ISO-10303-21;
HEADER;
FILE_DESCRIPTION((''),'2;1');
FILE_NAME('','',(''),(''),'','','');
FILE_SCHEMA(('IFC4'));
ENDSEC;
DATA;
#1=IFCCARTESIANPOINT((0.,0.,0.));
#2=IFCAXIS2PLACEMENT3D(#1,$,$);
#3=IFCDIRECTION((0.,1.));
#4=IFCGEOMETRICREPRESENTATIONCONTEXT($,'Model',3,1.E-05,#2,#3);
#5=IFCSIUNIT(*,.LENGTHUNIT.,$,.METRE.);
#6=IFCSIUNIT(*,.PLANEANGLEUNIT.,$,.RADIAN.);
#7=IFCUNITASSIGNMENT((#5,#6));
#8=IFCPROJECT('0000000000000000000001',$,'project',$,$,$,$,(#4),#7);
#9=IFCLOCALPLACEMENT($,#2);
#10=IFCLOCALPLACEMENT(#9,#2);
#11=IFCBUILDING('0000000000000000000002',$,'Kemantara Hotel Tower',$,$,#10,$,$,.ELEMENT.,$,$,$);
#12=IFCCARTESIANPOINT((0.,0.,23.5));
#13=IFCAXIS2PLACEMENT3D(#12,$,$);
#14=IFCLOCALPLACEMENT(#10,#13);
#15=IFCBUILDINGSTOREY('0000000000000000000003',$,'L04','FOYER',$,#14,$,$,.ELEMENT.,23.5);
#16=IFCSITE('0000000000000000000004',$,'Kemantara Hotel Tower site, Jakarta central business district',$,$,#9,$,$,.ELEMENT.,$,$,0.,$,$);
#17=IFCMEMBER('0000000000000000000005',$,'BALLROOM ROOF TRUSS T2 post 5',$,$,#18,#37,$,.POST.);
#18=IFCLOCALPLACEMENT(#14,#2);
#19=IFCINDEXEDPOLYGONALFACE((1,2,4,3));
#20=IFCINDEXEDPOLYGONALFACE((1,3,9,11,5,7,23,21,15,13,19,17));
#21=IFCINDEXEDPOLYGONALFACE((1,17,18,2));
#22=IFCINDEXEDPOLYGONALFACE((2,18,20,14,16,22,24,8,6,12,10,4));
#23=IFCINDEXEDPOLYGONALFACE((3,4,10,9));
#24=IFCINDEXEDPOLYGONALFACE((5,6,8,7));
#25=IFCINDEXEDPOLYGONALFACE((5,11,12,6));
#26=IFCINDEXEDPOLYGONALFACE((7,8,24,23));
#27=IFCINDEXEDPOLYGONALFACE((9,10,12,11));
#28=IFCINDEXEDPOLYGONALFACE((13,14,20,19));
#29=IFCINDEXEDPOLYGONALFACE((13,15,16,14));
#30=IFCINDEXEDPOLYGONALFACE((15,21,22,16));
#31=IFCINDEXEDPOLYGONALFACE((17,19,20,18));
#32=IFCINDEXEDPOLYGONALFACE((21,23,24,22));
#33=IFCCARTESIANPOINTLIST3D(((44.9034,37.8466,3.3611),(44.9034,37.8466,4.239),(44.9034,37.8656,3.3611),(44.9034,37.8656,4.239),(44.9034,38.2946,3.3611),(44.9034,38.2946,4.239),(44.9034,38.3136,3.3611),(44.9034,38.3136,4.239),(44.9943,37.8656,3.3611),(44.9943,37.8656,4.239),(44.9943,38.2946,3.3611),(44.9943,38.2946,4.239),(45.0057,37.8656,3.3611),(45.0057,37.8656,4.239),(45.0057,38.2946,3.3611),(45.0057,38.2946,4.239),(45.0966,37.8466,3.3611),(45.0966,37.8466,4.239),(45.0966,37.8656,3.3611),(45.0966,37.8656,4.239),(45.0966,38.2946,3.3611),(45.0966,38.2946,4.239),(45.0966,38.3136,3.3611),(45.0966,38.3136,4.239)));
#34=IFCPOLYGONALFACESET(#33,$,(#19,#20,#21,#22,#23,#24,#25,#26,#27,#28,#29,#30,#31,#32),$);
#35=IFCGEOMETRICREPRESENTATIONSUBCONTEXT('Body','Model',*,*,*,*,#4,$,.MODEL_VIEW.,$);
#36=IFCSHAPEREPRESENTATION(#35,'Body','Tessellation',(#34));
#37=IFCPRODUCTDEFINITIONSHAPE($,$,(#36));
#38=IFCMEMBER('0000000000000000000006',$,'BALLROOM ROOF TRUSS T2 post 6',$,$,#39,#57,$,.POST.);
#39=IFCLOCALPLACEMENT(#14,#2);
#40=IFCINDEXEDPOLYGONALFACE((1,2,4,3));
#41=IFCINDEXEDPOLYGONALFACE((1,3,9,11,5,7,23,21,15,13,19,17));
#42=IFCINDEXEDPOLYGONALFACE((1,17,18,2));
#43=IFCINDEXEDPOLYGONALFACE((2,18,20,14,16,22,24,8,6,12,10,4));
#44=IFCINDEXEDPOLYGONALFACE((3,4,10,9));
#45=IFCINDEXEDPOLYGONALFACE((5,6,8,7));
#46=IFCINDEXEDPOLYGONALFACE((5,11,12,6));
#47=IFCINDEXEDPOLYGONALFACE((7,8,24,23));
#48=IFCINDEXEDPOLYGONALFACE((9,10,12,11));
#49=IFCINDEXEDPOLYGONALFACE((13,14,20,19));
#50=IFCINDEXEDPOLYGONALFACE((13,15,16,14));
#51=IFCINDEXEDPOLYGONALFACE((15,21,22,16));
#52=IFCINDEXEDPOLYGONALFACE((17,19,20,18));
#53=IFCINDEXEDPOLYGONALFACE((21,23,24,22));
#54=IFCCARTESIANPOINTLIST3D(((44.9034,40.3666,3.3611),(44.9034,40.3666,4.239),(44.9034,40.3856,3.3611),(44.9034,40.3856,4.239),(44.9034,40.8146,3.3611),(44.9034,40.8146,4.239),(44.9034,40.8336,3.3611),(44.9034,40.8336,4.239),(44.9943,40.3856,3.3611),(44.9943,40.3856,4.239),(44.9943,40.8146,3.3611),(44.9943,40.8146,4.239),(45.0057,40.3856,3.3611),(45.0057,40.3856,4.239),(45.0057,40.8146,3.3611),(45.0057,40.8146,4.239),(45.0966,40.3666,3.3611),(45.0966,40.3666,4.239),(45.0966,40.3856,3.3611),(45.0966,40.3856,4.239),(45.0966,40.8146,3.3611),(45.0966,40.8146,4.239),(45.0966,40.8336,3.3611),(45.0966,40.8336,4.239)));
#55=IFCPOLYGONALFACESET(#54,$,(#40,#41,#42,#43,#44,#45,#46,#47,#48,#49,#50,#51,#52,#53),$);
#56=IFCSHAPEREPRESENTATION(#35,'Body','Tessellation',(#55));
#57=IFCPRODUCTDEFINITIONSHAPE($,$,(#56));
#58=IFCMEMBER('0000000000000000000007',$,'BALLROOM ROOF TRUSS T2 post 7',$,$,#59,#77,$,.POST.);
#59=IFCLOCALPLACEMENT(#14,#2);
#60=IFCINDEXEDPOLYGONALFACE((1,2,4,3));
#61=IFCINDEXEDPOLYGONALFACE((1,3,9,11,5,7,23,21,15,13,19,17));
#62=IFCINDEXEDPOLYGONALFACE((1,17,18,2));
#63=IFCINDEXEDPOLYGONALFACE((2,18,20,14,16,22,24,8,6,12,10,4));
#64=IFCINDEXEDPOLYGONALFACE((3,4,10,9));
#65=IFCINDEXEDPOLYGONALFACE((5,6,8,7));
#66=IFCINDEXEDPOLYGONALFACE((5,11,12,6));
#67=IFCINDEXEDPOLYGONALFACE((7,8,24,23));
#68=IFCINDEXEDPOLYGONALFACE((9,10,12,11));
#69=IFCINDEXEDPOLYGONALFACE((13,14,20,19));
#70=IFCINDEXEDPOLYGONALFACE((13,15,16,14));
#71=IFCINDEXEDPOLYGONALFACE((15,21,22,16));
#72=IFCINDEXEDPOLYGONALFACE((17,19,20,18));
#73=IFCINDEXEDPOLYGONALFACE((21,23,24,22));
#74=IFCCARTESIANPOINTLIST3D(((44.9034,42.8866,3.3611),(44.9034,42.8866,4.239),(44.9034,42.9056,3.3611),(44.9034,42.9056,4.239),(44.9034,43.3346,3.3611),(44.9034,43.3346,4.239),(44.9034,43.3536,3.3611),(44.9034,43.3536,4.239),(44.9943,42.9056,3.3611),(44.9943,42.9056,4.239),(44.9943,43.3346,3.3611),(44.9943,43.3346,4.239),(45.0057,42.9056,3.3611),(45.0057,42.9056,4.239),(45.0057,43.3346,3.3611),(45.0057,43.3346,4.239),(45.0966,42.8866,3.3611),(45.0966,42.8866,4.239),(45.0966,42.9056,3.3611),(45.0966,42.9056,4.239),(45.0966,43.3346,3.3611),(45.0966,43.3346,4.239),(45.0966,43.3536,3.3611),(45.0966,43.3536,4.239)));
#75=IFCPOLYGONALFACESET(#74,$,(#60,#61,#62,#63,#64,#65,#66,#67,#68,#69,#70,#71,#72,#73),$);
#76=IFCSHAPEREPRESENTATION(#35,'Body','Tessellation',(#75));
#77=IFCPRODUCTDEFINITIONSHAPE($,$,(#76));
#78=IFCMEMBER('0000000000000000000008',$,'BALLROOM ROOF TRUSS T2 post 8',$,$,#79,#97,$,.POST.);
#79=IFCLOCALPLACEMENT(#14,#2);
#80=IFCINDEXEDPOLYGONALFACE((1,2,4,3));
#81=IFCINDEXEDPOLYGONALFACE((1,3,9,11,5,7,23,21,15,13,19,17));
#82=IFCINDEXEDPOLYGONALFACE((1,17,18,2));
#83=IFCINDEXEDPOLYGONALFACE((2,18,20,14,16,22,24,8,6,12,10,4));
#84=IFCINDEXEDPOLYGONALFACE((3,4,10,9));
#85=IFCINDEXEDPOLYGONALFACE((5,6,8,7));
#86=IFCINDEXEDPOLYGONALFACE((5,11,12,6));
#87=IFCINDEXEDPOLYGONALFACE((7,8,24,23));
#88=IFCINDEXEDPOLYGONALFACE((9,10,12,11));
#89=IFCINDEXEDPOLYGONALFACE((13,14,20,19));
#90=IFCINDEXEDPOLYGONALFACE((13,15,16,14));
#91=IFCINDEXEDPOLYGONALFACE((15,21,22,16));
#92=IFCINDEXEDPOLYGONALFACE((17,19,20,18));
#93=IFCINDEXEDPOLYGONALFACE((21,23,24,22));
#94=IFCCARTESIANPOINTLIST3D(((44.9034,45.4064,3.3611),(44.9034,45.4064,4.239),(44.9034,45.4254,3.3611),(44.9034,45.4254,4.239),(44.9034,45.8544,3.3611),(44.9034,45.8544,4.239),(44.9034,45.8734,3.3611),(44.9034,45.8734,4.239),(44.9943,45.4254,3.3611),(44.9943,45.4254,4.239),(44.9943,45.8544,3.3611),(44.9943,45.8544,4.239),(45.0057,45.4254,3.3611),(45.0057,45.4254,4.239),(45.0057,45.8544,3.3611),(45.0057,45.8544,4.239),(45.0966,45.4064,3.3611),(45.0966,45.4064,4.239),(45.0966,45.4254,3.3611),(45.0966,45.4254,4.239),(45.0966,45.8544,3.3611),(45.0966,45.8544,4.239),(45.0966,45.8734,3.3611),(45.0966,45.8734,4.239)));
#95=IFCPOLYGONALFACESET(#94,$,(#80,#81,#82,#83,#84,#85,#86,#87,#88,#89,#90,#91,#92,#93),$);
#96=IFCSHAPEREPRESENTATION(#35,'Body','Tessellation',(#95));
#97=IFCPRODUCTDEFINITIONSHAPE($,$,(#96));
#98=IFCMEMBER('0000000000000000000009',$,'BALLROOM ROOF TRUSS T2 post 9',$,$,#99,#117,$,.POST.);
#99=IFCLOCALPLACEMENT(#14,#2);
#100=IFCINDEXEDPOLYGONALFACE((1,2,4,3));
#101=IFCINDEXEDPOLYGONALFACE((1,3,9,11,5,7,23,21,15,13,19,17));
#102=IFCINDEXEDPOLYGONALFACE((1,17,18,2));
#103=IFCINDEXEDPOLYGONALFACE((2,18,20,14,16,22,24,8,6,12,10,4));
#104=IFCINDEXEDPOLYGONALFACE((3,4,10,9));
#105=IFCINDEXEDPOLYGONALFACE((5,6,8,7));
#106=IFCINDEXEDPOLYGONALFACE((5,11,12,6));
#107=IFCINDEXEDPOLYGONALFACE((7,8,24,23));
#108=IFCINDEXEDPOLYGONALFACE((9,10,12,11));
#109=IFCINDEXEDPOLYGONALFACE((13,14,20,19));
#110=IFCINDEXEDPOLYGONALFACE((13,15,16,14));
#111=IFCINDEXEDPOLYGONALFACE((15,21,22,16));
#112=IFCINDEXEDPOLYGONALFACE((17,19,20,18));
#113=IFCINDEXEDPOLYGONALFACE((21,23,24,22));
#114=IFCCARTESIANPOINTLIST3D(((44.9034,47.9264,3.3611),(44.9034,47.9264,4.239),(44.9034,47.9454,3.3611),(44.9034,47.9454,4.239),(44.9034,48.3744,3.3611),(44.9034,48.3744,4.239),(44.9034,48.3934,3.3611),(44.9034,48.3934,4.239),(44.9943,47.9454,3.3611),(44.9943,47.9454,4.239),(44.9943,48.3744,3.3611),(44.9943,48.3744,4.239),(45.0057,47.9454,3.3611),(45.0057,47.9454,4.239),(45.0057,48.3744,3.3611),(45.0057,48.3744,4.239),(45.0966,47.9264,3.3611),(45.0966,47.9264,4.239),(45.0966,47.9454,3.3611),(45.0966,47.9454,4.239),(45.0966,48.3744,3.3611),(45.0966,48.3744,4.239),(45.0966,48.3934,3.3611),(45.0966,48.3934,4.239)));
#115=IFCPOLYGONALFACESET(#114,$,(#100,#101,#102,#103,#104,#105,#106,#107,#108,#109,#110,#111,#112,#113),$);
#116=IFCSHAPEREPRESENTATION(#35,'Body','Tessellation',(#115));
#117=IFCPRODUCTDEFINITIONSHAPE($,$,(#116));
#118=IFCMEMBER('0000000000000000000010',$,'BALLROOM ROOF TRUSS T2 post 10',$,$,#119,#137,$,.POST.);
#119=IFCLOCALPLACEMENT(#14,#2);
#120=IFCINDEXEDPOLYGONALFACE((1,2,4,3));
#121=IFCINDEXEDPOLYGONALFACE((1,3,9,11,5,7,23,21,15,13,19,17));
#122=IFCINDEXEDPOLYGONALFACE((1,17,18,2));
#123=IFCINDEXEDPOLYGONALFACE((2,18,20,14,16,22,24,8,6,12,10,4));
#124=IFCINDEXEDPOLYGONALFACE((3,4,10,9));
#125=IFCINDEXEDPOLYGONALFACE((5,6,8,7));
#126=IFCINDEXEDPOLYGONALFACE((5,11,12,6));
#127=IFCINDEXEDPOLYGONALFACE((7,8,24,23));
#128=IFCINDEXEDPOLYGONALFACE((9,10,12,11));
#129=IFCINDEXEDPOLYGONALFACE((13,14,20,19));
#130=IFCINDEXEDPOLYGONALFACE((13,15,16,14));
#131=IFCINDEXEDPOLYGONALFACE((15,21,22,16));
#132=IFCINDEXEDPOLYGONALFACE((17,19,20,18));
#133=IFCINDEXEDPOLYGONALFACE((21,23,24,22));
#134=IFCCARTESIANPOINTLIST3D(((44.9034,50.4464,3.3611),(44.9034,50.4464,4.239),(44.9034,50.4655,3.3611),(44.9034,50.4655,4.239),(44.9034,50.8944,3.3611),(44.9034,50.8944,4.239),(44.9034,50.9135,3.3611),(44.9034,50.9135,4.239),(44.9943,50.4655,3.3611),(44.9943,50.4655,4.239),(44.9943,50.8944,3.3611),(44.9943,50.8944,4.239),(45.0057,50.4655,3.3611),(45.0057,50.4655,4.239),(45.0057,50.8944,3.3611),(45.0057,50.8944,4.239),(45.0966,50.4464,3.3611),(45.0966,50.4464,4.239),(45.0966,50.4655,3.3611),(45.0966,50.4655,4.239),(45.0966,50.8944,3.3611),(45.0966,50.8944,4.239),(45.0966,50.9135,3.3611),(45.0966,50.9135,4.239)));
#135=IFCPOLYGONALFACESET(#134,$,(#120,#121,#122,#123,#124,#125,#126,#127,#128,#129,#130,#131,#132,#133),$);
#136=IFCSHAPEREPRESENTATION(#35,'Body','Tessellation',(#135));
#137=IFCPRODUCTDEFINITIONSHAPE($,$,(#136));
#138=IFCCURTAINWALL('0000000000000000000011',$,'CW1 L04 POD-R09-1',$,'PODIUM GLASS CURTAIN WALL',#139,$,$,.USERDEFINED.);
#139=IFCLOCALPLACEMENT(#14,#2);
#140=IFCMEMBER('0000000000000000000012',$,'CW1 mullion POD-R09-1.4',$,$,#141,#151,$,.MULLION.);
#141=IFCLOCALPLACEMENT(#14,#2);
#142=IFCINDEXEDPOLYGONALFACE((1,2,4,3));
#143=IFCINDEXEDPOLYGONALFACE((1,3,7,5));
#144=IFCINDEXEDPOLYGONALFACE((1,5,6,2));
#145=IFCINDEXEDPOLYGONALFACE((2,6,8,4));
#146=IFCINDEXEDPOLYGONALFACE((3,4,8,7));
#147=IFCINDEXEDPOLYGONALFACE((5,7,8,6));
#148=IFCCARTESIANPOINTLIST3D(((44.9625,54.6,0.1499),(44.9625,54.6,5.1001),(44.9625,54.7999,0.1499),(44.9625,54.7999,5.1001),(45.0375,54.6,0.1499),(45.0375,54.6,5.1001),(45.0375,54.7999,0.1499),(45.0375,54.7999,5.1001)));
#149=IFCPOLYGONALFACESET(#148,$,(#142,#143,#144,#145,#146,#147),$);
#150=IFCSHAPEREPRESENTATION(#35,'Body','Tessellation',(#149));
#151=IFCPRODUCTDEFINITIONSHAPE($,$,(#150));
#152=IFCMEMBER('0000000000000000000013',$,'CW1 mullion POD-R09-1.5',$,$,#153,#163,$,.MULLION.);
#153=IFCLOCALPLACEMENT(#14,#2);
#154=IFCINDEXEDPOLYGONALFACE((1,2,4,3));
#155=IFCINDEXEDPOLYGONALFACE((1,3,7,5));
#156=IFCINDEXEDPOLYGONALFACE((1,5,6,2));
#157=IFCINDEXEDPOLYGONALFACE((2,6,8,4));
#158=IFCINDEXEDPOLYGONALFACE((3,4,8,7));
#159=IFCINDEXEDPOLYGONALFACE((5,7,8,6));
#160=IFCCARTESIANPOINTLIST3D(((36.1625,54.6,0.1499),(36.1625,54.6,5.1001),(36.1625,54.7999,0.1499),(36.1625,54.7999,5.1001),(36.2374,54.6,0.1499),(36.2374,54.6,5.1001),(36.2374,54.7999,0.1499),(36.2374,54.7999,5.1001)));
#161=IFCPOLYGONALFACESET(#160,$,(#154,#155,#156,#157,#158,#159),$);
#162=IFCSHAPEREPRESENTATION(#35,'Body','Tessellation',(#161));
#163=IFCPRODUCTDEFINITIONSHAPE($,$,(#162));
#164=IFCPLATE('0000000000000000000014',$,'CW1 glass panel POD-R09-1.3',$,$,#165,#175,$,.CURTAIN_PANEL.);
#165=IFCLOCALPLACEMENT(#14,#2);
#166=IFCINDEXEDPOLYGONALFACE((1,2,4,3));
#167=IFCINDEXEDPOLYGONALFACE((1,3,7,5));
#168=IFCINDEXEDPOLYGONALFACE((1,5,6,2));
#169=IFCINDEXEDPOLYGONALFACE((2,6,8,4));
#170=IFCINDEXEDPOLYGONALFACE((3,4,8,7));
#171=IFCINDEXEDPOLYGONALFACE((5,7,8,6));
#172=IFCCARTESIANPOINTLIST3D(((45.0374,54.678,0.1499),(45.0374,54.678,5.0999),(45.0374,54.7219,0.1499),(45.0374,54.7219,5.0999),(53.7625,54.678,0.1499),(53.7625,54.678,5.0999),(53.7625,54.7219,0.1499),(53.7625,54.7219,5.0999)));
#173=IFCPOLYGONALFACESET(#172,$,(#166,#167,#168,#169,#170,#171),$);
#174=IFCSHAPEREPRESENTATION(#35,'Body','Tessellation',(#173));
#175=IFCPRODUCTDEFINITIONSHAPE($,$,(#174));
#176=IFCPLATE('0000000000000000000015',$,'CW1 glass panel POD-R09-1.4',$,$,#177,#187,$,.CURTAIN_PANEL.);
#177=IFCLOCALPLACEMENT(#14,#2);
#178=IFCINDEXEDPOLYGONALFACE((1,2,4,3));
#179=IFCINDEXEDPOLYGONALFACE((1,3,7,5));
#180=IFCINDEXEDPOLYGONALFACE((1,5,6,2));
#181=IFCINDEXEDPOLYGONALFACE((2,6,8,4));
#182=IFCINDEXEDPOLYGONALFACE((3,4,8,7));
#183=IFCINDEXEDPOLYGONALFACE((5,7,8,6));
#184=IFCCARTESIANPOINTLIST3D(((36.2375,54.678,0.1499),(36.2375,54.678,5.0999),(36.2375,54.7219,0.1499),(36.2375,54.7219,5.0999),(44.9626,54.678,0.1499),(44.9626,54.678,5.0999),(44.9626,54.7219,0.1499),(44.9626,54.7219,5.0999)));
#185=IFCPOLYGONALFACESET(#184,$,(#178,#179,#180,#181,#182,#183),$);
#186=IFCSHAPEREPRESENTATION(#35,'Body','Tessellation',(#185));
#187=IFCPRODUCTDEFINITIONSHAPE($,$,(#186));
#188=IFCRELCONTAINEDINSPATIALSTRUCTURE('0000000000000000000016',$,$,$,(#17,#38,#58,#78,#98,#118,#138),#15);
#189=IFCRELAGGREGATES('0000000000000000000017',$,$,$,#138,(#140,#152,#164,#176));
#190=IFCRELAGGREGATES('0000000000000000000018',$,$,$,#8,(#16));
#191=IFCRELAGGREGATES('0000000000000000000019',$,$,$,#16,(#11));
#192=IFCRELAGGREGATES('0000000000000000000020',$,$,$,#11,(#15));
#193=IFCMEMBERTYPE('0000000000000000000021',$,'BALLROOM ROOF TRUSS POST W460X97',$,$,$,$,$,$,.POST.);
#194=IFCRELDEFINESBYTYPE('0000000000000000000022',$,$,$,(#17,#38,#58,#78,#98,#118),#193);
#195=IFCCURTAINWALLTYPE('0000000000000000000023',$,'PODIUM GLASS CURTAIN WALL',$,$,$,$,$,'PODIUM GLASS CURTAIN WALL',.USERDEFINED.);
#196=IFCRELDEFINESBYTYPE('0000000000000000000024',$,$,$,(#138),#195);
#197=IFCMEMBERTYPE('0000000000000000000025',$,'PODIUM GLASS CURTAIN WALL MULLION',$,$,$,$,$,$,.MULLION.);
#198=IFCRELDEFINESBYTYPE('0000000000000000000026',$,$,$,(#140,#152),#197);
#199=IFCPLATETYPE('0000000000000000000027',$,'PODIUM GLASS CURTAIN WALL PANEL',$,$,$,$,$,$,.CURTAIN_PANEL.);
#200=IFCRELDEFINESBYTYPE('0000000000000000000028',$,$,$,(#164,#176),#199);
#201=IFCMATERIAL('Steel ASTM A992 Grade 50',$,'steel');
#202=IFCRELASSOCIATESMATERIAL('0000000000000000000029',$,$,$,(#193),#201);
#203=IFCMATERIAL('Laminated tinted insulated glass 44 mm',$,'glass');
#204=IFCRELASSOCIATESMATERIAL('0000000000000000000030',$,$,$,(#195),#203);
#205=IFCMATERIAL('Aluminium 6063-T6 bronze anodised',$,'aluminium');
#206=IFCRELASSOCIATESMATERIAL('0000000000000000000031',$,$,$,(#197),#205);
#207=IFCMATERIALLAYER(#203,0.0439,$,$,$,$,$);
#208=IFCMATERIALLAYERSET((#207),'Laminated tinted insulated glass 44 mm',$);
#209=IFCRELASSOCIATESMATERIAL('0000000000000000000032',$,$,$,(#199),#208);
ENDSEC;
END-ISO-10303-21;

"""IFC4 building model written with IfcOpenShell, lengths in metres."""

from ifc_helpers import new_model, si_unit, direction, frame, origin, origin_2d, place, context, subcontext, project, spatial, rectangle, i_section, extrude, source, transform, mapped, material, layer, layer_set, material_profile, profile_set, type_object, element, aggregate, save


model = new_model("IFC4")

# Units and contexts
model_context = context("Model", 3, precision=1e-05, world=origin(), true_north=direction((0.0, 1.0)))
body_context = subcontext(model_context, "Body", "Model", "MODEL_VIEW")
ifc_project = project(units=[si_unit("LENGTHUNIT", "METRE"), si_unit("PLANEANGLEUNIT", "RADIAN")], contexts=[model_context])

# Site, building, storey
site_placement = place(None, origin())
site = spatial("IfcSite", under=ifc_project, at=site_placement, Name="Kemantara Hotel Tower site, Jakarta central business district", CompositionType="ELEMENT", RefElevation=0.0)
building_placement = place(site_placement, origin())
building = spatial("IfcBuilding", under=site, at=building_placement, Name="Kemantara Hotel Tower", CompositionType="ELEMENT")
storey_placement = place(building_placement, frame((0.0, 0.0, 23.5)))
storey = spatial("IfcBuildingStorey", under=building, at=storey_placement, Name="L04", Description="FOYER", CompositionType="ELEMENT", Elevation=23.5)

# Members
ifc_material_1 = material(Name="Steel ASTM A992 Grade 50", Category="steel")
ifc_material_profile_1 = material_profile(ifc_material_1, i_section(OverallWidth=0.1931, OverallDepth=0.467, WebThickness=0.0115, FlangeThickness=0.019, at=origin_2d()), Name="W460X97")
ifc_profile_set_1 = profile_set([ifc_material_profile_1], Name="Steel ASTM A992 Grade 50")
member_type_1 = type_object("IfcMemberType", Name="BALLROOM ROOF TRUSS POST W460X97", PredefinedType="POST", material=ifc_profile_set_1)
for number, where, z_axis, x_axis, name in (
    (1, (45.0, 38.0801, 3.3611), (0.0, 0.0, 1.0), (1.0, 0.0, 0.0), "BALLROOM ROOF TRUSS T2 post 5"),
    (2, (45.0, 40.6001, 3.3611), (0.0, 0.0, 1.0), (1.0, 0.0, 0.0), "BALLROOM ROOF TRUSS T2 post 6"),
    (3, (45.0, 43.1201, 3.3611), (0.0, 0.0, 1.0), (1.0, 0.0, 0.0), "BALLROOM ROOF TRUSS T2 post 7"),
    (4, (45.0, 45.6399, 3.3611), (0.0, 0.0, 1.0), (1.0, 0.0, 0.0), "BALLROOM ROOF TRUSS T2 post 8"),
    (5, (45.0, 48.1599, 3.3611), (0.0, 0.0, 1.0), (1.0, 0.0, 0.0), "BALLROOM ROOF TRUSS T2 post 9"),
    (6, (45.0, 50.6799, 3.3611), (0.0, 0.0, 1.0), (1.0, 0.0, 0.0), "BALLROOM ROOF TRUSS T2 post 10"),
):
    element("IfcMember", number, at=place(storey_placement, frame(where, z_axis=z_axis, x_axis=x_axis)), inside=storey, type_object=member_type_1, Name=name, PredefinedType="POST", context=body_context, shape_type="SweptSolid", body=[
        extrude(i_section(OverallWidth=0.1931, OverallDepth=0.467, WebThickness=0.0115, FlangeThickness=0.019, at=origin_2d()), origin(), (0.0, 0.0, 1.0), 0.8779),
    ])

# Curtain wall, members, plates
ifc_material_2 = material(Name="Laminated tinted insulated glass 44 mm", Category="glass")
curtain_wall_type = type_object("IfcCurtainWallType", Name="PODIUM GLASS CURTAIN WALL", ElementType="PODIUM GLASS CURTAIN WALL", PredefinedType="USERDEFINED", material=ifc_material_2)
curtain_wall_placement = place(storey_placement, origin())
curtain_wall = element("IfcCurtainWall", 7, at=curtain_wall_placement, inside=storey, type_object=curtain_wall_type, Name="CW1 L04 POD-R09-1", ObjectType="PODIUM GLASS CURTAIN WALL", PredefinedType="USERDEFINED")
ifc_material_3 = material(Name="Aluminium 6063-T6 bronze anodised", Category="aluminium")
ifc_material_profile_2 = material_profile(ifc_material_3, rectangle(XDim=0.2, YDim=0.075, at=origin_2d()), Name="PODIUM GLASS CURTAIN WALL MULLION")
ifc_profile_set_2 = profile_set([ifc_material_profile_2], Name="Aluminium 6063-T6 bronze anodised")
member_type_2 = type_object("IfcMemberType", Name="PODIUM GLASS CURTAIN WALL MULLION", PredefinedType="MULLION", material=ifc_profile_set_2)
shared_shape_1 = source(origin(), body_context, "Body", "SweptSolid", [
    extrude(rectangle(XDim=0.2, YDim=0.075, at=origin_2d()), origin(), (0.0, 0.0, 1.0), 4.9502),
])
member_1_placement = place(storey_placement, frame((45.0, 54.7, 0.1499), z_axis=(0.0, 0.0, 1.0), x_axis=(0.0, -1.0, 0.0)))
member_1 = element("IfcMember", 8, at=member_1_placement, type_object=member_type_2, Name="CW1 mullion POD-R09-1.4", PredefinedType="MULLION", context=body_context, shape_type="MappedRepresentation", body=[
    mapped(shared_shape_1, transform((0.0, 0.0, 0.0))),
])
member_2_placement = place(storey_placement, frame((36.2, 54.7, 0.1499), z_axis=(0.0, 0.0, 1.0), x_axis=(0.0, -1.0, 0.0)))
member_2 = element("IfcMember", 9, at=member_2_placement, type_object=member_type_2, Name="CW1 mullion POD-R09-1.5", PredefinedType="MULLION", context=body_context, shape_type="MappedRepresentation", body=[
    mapped(shared_shape_1, transform((0.0, 0.0, 0.0))),
])
ifc_layer_1 = layer(ifc_material_2, 0.0439)
ifc_layer_set_1 = layer_set([ifc_layer_1], Name="Laminated tinted insulated glass 44 mm")
plate_type = type_object("IfcPlateType", Name="PODIUM GLASS CURTAIN WALL PANEL", PredefinedType="CURTAIN_PANEL", material=ifc_layer_set_1)
shared_shape_2 = source(origin(), body_context, "Body", "SweptSolid", [
    extrude(rectangle(XDim=8.7251, YDim=0.0439, at=origin_2d()), origin(), (0.0, 0.0, 1.0), 4.95),
])
plate_1_placement = place(storey_placement, frame((49.3999, 54.7, 0.1499), z_axis=(0.0, 0.0, 1.0), x_axis=(-1.0, 0.0, 0.0)))
plate_1 = element("IfcPlate", 10, at=plate_1_placement, type_object=plate_type, Name="CW1 glass panel POD-R09-1.3", PredefinedType="CURTAIN_PANEL", context=body_context, shape_type="MappedRepresentation", body=[
    mapped(shared_shape_2, transform((0.0, 0.0, 0.0))),
])
plate_2_placement = place(storey_placement, frame((40.6001, 54.7, 0.1499), z_axis=(0.0, 0.0, 1.0), x_axis=(-1.0, 0.0, 0.0)))
plate_2 = element("IfcPlate", 11, at=plate_2_placement, type_object=plate_type, Name="CW1 glass panel POD-R09-1.4", PredefinedType="CURTAIN_PANEL", context=body_context, shape_type="MappedRepresentation", body=[
    mapped(shared_shape_2, transform((0.0, 0.0, 0.0))),
])
aggregate(curtain_wall, [member_1, member_2, plate_1, plate_2])

save(model, "model.ifc")
